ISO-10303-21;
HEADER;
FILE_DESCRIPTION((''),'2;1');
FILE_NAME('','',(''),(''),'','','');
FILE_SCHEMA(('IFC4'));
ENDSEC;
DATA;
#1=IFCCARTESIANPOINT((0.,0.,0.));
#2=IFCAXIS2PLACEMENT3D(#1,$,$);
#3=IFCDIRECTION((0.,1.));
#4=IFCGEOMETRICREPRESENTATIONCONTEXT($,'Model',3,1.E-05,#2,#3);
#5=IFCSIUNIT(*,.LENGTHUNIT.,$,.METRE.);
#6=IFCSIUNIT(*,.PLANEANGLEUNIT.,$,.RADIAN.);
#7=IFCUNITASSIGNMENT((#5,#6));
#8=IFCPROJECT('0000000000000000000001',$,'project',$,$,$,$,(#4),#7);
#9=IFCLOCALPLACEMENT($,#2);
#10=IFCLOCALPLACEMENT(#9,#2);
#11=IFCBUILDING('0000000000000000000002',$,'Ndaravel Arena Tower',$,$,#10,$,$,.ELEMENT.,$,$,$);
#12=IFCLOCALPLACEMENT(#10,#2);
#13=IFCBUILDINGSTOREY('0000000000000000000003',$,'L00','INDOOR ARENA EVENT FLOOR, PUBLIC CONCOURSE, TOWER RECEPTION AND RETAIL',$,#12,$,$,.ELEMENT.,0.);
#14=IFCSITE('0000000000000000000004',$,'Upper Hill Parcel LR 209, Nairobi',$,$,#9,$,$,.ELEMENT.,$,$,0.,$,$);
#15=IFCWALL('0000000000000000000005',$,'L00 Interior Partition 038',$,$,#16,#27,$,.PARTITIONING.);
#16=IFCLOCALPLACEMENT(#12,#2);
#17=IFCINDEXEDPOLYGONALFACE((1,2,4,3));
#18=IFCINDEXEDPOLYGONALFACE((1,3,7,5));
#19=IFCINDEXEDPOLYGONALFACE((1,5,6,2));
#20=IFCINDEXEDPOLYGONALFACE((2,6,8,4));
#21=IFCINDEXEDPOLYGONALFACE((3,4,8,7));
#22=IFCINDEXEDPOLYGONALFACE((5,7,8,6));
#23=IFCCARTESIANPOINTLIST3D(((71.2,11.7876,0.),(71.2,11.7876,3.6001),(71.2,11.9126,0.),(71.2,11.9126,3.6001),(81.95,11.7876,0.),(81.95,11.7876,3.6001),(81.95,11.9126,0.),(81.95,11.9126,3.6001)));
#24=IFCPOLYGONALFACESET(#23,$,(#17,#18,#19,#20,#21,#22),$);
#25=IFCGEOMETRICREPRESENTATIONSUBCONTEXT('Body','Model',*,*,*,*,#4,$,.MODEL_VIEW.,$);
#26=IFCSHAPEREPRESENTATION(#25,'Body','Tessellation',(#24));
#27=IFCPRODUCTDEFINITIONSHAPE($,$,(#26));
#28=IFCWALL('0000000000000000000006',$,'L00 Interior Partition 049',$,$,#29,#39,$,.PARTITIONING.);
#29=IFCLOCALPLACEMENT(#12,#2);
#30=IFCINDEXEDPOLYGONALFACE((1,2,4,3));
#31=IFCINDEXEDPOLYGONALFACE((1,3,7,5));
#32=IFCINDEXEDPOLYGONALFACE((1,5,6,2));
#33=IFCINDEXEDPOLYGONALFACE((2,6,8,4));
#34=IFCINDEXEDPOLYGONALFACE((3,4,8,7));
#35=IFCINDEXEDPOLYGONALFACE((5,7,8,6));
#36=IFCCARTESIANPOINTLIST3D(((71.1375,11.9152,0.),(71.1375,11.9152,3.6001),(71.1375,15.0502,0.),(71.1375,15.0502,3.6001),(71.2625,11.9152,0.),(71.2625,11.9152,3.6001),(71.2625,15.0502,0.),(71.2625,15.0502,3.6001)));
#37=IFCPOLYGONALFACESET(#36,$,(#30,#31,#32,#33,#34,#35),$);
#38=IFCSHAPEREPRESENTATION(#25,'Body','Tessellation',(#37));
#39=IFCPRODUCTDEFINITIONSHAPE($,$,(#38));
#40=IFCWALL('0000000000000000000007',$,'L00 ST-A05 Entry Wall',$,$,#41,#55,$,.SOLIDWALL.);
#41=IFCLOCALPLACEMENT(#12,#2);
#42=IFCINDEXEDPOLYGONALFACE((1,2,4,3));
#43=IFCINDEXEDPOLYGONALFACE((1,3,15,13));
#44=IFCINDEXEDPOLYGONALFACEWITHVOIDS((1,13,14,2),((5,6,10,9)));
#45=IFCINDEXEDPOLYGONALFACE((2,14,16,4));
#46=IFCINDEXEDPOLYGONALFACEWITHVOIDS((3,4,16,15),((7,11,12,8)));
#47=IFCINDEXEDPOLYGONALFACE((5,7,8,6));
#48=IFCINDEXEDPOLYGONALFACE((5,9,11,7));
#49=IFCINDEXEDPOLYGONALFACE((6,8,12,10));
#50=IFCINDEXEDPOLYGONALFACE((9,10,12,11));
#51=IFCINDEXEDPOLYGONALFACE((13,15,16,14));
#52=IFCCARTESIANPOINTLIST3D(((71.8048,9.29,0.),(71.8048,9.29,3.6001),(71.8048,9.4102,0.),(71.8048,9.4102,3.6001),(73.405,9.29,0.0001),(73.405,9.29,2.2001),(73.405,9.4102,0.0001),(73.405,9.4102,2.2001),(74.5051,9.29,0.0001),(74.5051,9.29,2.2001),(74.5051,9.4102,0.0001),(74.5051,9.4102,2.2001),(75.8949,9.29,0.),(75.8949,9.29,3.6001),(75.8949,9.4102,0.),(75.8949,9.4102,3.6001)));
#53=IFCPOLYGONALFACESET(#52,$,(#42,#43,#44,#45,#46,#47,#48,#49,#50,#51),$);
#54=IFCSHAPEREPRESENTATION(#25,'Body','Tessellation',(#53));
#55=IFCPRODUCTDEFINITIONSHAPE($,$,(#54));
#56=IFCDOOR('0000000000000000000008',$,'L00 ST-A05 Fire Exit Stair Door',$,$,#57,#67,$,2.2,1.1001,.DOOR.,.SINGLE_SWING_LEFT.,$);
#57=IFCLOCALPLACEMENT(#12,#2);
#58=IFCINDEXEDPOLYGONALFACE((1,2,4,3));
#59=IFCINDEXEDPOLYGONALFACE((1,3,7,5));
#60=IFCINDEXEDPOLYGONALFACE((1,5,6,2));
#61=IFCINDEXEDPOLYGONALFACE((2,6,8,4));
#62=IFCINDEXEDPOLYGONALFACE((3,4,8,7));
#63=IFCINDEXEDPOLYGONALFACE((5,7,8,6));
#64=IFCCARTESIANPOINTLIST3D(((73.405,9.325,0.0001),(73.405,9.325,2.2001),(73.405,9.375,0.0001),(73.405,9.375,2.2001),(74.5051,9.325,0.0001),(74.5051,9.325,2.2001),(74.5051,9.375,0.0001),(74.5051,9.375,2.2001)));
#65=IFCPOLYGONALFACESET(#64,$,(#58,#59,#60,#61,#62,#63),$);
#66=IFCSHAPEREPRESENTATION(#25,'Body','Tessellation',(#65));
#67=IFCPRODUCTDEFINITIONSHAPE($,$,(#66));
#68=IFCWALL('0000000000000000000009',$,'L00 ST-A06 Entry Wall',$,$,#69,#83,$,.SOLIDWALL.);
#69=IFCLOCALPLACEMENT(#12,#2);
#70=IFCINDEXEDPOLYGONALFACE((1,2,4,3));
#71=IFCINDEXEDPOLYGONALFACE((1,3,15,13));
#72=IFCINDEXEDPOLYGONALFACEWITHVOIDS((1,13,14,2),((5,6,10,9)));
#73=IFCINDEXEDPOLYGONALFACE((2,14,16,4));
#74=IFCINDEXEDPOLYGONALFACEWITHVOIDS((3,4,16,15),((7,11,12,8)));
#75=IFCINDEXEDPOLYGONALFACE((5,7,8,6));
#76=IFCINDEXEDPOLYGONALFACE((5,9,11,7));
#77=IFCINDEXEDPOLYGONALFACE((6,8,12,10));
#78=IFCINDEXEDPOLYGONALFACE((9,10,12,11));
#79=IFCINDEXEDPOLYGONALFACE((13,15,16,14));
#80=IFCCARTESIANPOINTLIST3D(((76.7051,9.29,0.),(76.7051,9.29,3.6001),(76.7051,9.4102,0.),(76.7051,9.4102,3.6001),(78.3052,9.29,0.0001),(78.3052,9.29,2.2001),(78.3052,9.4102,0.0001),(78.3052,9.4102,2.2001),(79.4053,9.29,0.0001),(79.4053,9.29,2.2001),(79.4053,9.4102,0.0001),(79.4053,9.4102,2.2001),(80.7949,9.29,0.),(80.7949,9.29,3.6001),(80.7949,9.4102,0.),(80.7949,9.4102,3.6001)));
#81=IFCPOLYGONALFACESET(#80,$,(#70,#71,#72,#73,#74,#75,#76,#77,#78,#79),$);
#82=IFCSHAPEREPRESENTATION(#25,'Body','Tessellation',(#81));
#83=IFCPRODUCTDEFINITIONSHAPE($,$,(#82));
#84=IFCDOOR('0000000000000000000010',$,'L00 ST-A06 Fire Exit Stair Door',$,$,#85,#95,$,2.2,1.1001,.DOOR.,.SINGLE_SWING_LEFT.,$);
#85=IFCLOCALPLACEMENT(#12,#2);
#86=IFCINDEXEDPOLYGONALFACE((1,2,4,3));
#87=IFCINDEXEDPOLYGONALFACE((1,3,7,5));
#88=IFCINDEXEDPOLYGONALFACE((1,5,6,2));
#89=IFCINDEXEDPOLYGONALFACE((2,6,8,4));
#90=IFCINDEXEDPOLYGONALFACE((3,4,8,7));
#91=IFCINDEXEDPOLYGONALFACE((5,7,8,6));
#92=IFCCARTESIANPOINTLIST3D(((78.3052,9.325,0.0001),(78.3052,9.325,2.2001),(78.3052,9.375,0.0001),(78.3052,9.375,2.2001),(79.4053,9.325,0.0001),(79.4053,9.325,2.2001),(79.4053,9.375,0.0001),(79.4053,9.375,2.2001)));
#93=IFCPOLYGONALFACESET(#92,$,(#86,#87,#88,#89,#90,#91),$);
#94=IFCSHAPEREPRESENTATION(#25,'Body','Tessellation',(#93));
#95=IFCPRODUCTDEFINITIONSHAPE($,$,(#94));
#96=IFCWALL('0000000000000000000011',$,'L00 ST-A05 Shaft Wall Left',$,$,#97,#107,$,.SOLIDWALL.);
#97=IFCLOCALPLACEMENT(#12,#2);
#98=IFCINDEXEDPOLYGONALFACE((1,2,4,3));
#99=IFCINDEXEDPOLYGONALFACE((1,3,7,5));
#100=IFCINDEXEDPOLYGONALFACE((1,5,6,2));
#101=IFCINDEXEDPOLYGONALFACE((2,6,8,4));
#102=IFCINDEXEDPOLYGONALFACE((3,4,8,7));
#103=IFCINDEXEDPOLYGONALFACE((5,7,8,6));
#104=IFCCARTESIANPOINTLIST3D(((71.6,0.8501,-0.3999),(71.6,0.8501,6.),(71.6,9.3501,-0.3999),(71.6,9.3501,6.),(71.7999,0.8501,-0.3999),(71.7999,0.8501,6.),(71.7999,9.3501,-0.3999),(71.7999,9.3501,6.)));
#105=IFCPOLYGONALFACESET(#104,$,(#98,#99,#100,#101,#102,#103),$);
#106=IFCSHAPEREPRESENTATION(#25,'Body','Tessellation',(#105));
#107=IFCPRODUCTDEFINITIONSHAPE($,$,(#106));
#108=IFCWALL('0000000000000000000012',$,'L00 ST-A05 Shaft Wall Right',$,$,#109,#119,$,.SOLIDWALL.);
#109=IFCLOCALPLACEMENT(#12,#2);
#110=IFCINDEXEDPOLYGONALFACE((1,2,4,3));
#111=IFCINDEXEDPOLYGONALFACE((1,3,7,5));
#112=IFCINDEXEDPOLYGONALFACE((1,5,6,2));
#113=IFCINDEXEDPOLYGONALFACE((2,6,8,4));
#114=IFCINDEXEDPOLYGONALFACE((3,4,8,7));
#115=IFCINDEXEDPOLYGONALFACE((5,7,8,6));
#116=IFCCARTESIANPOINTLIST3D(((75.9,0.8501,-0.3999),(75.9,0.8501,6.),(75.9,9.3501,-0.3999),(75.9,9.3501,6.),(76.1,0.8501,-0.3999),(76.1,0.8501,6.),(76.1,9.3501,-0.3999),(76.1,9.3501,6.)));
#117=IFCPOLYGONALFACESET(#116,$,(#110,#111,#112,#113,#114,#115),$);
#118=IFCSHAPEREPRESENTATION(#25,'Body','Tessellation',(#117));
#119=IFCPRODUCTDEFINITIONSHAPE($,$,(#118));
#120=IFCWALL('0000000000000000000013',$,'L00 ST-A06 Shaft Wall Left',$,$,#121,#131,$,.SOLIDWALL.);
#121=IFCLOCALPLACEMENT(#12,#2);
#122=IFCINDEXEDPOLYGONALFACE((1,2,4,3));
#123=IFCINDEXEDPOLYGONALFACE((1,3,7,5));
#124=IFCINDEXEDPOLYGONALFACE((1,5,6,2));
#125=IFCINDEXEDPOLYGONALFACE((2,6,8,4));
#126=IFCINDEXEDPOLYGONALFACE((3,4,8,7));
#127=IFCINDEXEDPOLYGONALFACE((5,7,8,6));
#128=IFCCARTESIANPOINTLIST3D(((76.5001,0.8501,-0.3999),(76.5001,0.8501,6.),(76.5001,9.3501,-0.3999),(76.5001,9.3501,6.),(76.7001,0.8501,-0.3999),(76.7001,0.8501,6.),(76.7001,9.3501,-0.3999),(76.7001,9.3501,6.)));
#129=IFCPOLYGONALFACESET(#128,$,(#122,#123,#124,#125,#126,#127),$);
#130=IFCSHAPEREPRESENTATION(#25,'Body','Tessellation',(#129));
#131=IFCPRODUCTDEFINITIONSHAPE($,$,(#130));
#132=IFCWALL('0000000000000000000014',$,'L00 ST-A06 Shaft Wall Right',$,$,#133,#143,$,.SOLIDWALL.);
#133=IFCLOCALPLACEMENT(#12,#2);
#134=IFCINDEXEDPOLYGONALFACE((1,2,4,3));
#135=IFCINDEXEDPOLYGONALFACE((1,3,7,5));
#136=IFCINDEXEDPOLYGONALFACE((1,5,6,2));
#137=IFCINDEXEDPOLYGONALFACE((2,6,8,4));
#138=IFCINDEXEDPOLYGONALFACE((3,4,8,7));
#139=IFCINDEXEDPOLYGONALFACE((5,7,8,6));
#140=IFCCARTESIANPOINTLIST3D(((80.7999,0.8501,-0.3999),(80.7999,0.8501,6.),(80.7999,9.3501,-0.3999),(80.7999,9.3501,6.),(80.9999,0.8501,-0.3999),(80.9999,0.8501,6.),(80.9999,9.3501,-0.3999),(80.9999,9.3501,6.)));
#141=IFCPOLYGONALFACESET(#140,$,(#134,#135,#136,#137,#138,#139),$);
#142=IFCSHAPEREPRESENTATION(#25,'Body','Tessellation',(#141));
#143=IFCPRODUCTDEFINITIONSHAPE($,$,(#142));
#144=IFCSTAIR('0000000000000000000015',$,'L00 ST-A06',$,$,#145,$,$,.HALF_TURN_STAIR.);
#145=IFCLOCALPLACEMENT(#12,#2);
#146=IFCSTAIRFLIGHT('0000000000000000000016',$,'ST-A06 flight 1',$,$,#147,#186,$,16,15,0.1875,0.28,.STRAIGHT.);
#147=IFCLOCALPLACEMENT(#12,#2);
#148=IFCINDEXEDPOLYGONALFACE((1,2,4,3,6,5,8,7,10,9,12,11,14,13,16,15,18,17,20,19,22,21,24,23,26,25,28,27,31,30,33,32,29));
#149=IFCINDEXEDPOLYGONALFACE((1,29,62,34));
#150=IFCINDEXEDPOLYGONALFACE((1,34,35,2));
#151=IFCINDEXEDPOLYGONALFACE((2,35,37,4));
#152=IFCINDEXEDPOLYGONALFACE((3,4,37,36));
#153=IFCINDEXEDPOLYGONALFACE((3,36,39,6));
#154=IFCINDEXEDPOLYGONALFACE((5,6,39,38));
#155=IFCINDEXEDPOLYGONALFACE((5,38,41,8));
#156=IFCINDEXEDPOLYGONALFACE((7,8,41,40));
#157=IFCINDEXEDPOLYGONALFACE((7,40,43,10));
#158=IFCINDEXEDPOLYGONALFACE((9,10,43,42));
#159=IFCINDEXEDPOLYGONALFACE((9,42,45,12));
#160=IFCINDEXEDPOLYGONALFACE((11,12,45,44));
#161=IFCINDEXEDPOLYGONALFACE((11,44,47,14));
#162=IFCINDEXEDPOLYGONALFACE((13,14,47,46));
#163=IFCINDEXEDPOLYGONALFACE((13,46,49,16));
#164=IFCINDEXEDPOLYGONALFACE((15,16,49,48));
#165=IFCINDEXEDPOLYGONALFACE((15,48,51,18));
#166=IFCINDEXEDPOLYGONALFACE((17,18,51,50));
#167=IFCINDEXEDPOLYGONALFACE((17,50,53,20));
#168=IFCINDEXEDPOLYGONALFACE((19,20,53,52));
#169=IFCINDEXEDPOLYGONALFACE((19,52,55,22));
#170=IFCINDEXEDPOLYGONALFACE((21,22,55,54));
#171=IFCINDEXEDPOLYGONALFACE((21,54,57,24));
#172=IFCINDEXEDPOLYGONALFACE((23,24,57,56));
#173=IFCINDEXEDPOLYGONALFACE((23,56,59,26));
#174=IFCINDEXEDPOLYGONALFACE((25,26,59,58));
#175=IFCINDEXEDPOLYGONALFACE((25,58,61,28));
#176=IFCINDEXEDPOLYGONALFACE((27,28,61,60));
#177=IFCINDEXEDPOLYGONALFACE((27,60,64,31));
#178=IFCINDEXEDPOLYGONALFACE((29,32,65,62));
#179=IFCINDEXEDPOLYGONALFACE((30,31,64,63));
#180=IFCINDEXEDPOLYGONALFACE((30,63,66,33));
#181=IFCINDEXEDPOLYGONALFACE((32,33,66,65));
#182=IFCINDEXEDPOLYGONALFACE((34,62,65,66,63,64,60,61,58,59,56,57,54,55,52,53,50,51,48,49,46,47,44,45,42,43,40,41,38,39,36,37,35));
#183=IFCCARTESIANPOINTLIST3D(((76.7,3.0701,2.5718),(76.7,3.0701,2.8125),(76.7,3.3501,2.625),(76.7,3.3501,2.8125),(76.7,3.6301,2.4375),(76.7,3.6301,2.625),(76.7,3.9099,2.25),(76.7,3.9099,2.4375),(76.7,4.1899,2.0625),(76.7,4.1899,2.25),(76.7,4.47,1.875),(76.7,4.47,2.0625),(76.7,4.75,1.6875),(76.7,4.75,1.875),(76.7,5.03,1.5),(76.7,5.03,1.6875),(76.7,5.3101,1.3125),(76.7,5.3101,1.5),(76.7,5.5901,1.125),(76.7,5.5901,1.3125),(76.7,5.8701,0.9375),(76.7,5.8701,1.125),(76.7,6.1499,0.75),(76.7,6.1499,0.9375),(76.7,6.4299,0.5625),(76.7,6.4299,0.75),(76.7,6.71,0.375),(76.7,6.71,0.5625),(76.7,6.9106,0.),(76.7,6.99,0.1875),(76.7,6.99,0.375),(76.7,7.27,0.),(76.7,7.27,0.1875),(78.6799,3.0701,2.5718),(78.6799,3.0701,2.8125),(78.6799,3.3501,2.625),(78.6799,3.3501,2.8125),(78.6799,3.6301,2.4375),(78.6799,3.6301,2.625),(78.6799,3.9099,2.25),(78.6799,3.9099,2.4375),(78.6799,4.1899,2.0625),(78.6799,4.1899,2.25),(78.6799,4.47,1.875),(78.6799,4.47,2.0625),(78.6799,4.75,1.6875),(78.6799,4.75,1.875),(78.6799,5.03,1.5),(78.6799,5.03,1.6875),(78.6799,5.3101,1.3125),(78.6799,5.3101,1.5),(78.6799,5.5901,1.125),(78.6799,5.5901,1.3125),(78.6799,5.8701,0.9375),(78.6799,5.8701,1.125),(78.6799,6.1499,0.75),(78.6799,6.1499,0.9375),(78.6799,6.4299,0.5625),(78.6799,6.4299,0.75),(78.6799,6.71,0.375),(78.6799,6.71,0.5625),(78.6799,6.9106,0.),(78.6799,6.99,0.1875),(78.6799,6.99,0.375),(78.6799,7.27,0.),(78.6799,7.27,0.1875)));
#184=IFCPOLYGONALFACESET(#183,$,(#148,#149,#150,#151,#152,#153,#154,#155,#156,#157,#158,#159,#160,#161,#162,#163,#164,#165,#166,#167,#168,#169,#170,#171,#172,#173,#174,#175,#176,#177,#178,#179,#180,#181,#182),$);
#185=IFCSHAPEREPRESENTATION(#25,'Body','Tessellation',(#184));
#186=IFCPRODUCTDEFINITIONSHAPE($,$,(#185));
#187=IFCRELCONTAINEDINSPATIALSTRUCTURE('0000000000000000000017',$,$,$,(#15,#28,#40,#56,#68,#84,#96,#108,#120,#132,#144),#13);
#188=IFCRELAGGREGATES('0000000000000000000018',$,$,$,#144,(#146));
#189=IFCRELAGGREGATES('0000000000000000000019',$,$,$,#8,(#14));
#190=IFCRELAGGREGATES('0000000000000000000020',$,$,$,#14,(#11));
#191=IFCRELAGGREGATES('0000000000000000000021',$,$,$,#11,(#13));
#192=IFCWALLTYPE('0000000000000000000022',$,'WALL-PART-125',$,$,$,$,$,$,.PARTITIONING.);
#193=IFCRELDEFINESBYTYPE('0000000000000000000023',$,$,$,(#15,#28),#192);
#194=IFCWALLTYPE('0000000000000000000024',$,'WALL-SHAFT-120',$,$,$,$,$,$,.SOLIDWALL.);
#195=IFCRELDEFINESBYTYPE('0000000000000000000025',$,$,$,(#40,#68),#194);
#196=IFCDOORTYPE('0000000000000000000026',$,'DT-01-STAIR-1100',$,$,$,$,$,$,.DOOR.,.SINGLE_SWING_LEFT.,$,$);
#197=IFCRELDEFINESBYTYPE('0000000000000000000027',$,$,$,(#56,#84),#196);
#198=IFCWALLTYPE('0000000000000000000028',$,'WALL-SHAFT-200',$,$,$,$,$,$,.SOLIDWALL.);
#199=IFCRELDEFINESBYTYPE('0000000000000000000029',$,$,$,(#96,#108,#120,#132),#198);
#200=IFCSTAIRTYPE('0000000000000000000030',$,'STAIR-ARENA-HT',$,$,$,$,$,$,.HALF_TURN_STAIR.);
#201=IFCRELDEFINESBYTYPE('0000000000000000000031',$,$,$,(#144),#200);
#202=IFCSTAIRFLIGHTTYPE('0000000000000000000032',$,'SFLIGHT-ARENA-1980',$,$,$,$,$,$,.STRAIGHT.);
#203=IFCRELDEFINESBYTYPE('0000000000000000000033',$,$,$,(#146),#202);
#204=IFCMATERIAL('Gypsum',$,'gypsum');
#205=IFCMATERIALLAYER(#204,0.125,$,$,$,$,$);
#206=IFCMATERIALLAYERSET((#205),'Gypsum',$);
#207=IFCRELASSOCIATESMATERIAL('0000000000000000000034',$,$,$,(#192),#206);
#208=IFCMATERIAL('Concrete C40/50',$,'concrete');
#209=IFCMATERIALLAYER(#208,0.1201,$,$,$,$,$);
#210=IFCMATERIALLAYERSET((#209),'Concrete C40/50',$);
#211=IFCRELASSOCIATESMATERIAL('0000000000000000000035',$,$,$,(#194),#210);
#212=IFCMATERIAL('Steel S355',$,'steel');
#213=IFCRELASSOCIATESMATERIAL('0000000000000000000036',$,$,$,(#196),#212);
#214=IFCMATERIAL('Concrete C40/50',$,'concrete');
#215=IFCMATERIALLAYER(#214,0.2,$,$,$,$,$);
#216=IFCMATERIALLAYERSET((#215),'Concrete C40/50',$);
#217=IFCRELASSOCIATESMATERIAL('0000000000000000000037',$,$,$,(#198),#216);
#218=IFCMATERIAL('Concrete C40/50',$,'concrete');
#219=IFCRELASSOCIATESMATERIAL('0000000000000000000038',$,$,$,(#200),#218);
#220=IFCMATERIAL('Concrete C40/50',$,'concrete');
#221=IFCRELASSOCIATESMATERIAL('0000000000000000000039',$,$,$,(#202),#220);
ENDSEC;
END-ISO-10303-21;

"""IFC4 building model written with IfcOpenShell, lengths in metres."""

from ifc_helpers import new_model, si_unit, direction, frame, frame_2d, origin, place, context, subcontext, project, spatial, polyline, rectangle, outline, extrude, material, layer, layer_set, type_object, element, fill, aggregate, save


model = new_model("IFC4")

# Units and contexts
model_context = context("Model", 3, precision=1e-05, world=origin(), true_north=direction((0.0, 1.0)))
body_context = subcontext(model_context, "Body", "Model", "MODEL_VIEW")
ifc_project = project(units=[si_unit("LENGTHUNIT", "METRE"), si_unit("PLANEANGLEUNIT", "RADIAN")], contexts=[model_context])

# Site, building, storey
site_placement = place(None, origin())
site = spatial("IfcSite", under=ifc_project, at=site_placement, Name="Upper Hill Parcel LR 209, Nairobi", CompositionType="ELEMENT", RefElevation=0.0)
building_placement = place(site_placement, origin())
building = spatial("IfcBuilding", under=site, at=building_placement, Name="Ndaravel Arena Tower", CompositionType="ELEMENT")
storey_placement = place(building_placement, origin())
storey = spatial("IfcBuildingStorey", under=building, at=storey_placement, Name="L00", Description="INDOOR ARENA EVENT FLOOR, PUBLIC CONCOURSE, TOWER RECEPTION AND RETAIL", CompositionType="ELEMENT", Elevation=0.0)

# Shared definitions
ifc_material_1 = material(Name="Gypsum", Category="gypsum")
ifc_layer_1 = layer(ifc_material_1, 0.125)
ifc_layer_set_1 = layer_set([ifc_layer_1], Name="Gypsum")
wall_type_1 = type_object("IfcWallType", Name="WALL-PART-125", PredefinedType="PARTITIONING", material=ifc_layer_set_1)

# Walls
wall_1_placement = place(storey_placement, frame((71.2, 11.8501, 0.0), z_axis=(0.0, 0.0, 1.0), x_axis=(1.0, 0.0, 0.0)))
element("IfcWall", 1, at=wall_1_placement, inside=storey, type_object=wall_type_1, Name="L00 Interior Partition 038", PredefinedType="PARTITIONING", context=body_context, shape_type="SweptSolid", body=[
    extrude(rectangle(XDim=10.75, YDim=0.125, at=frame_2d((5.375, 0.0))), origin(), (0.0, 0.0, 1.0), 3.6001),
])
wall_2_placement = place(storey_placement, frame((71.2, 15.05, 0.0), z_axis=(0.0, 0.0, 1.0), x_axis=(0.0, -1.0, 0.0)))
element("IfcWall", 2, at=wall_2_placement, inside=storey, type_object=wall_type_1, Name="L00 Interior Partition 049", PredefinedType="PARTITIONING", context=body_context, shape_type="SweptSolid", body=[
    extrude(rectangle(XDim=3.135, YDim=0.125, at=frame_2d((1.5674, 0.0))), origin(), (0.0, 0.0, 1.0), 3.6001),
])

# Walls, openings, doors
ifc_material_2 = material(Name="Concrete C40/50", Category="concrete")
ifc_layer_2 = layer(ifc_material_2, 0.1201)
ifc_layer_set_2 = layer_set([ifc_layer_2], Name="Concrete C40/50")
wall_type_2 = type_object("IfcWallType", Name="WALL-SHAFT-120", PredefinedType="SOLIDWALL", material=ifc_layer_set_2)
wall_3_placement = place(storey_placement, frame((71.8049, 9.3501, 0.0), z_axis=(0.0, 0.0, 1.0), x_axis=(1.0, 0.0, 0.0)))
wall_3 = element("IfcWall", 3, at=wall_3_placement, inside=storey, type_object=wall_type_2, Name="L00 ST-A05 Entry Wall", PredefinedType="SOLIDWALL", context=body_context, shape_type="SweptSolid", body=[
    extrude(rectangle(XDim=4.0901, YDim=0.1201, at=frame_2d((2.0449, 0.0))), origin(), (0.0, 0.0, 1.0), 3.6001),
])
opening_1_placement = place(wall_3_placement, frame((1.6001, 0.0, 0.0)))
opening_1 = element("IfcOpeningElement", 4, at=opening_1_placement, cuts=wall_3, PredefinedType="OPENING", context=body_context, shape_type="SweptSolid", body=[
    extrude(rectangle(XDim=1.1001, YDim=2.2, at=frame_2d((0.55, 1.1001))), frame((0.0, 0.0601, 0.0), z_axis=(0.0, -1.0, 0.0), x_axis=(1.0, 0.0, 0.0)), (0.0, 0.0, 1.0), 0.1201),
])
ifc_material_3 = material(Name="Steel S355", Category="steel")
door_type_1 = type_object("IfcDoorType", Name="DT-01-STAIR-1100", OperationType="SINGLE_SWING_LEFT", PredefinedType="DOOR", material=ifc_material_3)
door_1_placement = place(opening_1_placement, origin())
door_1 = element("IfcDoor", 5, at=door_1_placement, inside=storey, type_object=door_type_1, Name="L00 ST-A05 Fire Exit Stair Door", OperationType="SINGLE_SWING_LEFT", OverallHeight=2.2, OverallWidth=1.1001, PredefinedType="DOOR", context=body_context, shape_type="SweptSolid", body=[
    extrude(rectangle(XDim=1.1001, YDim=2.2, at=frame_2d((0.55, 1.1001))), frame((0.0, 0.0249, 0.0), z_axis=(0.0, -1.0, 0.0), x_axis=(1.0, 0.0, 0.0)), (0.0, 0.0, 1.0), 0.05),
])
fill(opening_1, door_1)
wall_4_placement = place(storey_placement, frame((76.7051, 9.3501, 0.0), z_axis=(0.0, 0.0, 1.0), x_axis=(1.0, 0.0, 0.0)))
wall_4 = element("IfcWall", 6, at=wall_4_placement, inside=storey, type_object=wall_type_2, Name="L00 ST-A06 Entry Wall", PredefinedType="SOLIDWALL", context=body_context, shape_type="SweptSolid", body=[
    extrude(rectangle(XDim=4.0898, YDim=0.1201, at=frame_2d((2.0449, 0.0))), origin(), (0.0, 0.0, 1.0), 3.6001),
])
opening_2_placement = place(wall_4_placement, frame((1.6001, 0.0, 0.0)))
opening_2 = element("IfcOpeningElement", 7, at=opening_2_placement, cuts=wall_4, PredefinedType="OPENING", context=body_context, shape_type="SweptSolid", body=[
    extrude(rectangle(XDim=1.1001, YDim=2.2, at=frame_2d((0.55, 1.1001))), frame((0.0, 0.0601, 0.0), z_axis=(0.0, -1.0, 0.0), x_axis=(1.0, 0.0, 0.0)), (0.0, 0.0, 1.0), 0.1201),
])
door_2_placement = place(opening_2_placement, origin())
door_2 = element("IfcDoor", 8, at=door_2_placement, inside=storey, type_object=door_type_1, Name="L00 ST-A06 Fire Exit Stair Door", OperationType="SINGLE_SWING_LEFT", OverallHeight=2.2, OverallWidth=1.1001, PredefinedType="DOOR", context=body_context, shape_type="SweptSolid", body=[
    extrude(rectangle(XDim=1.1001, YDim=2.2, at=frame_2d((0.55, 1.1001))), frame((0.0, 0.0249, 0.0), z_axis=(0.0, -1.0, 0.0), x_axis=(1.0, 0.0, 0.0)), (0.0, 0.0, 1.0), 0.05),
])
fill(opening_2, door_2)

# Walls
ifc_material_4 = material(Name="Concrete C40/50", Category="concrete")
ifc_layer_3 = layer(ifc_material_4, 0.2)
ifc_layer_set_3 = layer_set([ifc_layer_3], Name="Concrete C40/50")
wall_type_3 = type_object("IfcWallType", Name="WALL-SHAFT-200", PredefinedType="SOLIDWALL", material=ifc_layer_set_3)
for number, where, z_axis, x_axis, name in (
    (9, (71.7, 9.3501, -0.3999), (0.0, 0.0, 1.0), (0.0, -1.0, 0.0), "L00 ST-A05 Shaft Wall Left"),
    (10, (76.0, 9.3501, -0.3999), (0.0, 0.0, 1.0), (0.0, -1.0, 0.0), "L00 ST-A05 Shaft Wall Right"),
    (11, (76.6001, 9.3501, -0.3999), (0.0, 0.0, 1.0), (0.0, -1.0, 0.0), "L00 ST-A06 Shaft Wall Left"),
    (12, (80.8999, 9.3501, -0.3999), (0.0, 0.0, 1.0), (0.0, -1.0, 0.0), "L00 ST-A06 Shaft Wall Right"),
):
    element("IfcWall", number, at=place(storey_placement, frame(where, z_axis=z_axis, x_axis=x_axis)), inside=storey, type_object=wall_type_3, Name=name, PredefinedType="SOLIDWALL", context=body_context, shape_type="SweptSolid", body=[
        extrude(rectangle(XDim=8.5, YDim=0.2, at=frame_2d((4.25, 0.0))), origin(), (0.0, 0.0, 1.0), 6.3999),
    ])

# Stair, stair flight
ifc_material_5 = material(Name="Concrete C40/50", Category="concrete")
stair_type = type_object("IfcStairType", Name="STAIR-ARENA-HT", PredefinedType="HALF_TURN_STAIR", material=ifc_material_5)
stair_placement = place(storey_placement, origin())
stair = element("IfcStair", 13, at=stair_placement, inside=storey, type_object=stair_type, Name="L00 ST-A06", PredefinedType="HALF_TURN_STAIR")
ifc_material_6 = material(Name="Concrete C40/50", Category="concrete")
stair_flight_type = type_object("IfcStairFlightType", Name="SFLIGHT-ARENA-1980", PredefinedType="STRAIGHT", material=ifc_material_6)
stair_flight_placement = place(storey_placement, frame((77.6899, 7.27, 0.0), z_axis=(0.0, 0.0, 1.0), x_axis=(0.0, -1.0, 0.0)))
stair_flight = element("IfcStairFlight", 14, at=stair_flight_placement, type_object=stair_flight_type, Name="ST-A06 flight 1", NumberOfRisers=16, NumberOfTreads=15, PredefinedType="STRAIGHT", RiserHeight=0.1875, TreadLength=0.28, context=body_context, shape_type="SweptSolid", body=[
    extrude(outline(polyline([(0.0, 0.0), (0.0, 0.1875), (0.28, 0.1875), (0.28, 0.375), (0.5601, 0.375), (0.5601, 0.5625), (0.8401, 0.5625), (0.8401, 0.75), (1.1201, 0.75), (1.1201, 0.9375), (1.3999, 0.9375), (1.3999, 1.125), (1.6799, 1.125), (1.6799, 1.3125), (1.96, 1.3125), (1.96, 1.5), (2.24, 1.5), (2.24, 1.6875), (2.52, 1.6875), (2.52, 1.875), (2.8, 1.875), (2.8, 2.0625), (3.0801, 2.0625), (3.0801, 2.25), (3.3601, 2.25), (3.3601, 2.4375), (3.6399, 2.4375), (3.6399, 2.625), (3.9199, 2.625), (3.9199, 2.8125), (4.2, 2.8125), (4.2, 3.0), (4.2, 2.5718), (0.3594, 0.0), (0.0, 0.0)])), frame((0.0, 0.99, 0.0), z_axis=(0.0, -1.0, 0.0), x_axis=(1.0, 0.0, 0.0)), (0.0, 0.0, 1.0), 1.98),
])
aggregate(stair, [stair_flight])

save(model, "model.ifc")
